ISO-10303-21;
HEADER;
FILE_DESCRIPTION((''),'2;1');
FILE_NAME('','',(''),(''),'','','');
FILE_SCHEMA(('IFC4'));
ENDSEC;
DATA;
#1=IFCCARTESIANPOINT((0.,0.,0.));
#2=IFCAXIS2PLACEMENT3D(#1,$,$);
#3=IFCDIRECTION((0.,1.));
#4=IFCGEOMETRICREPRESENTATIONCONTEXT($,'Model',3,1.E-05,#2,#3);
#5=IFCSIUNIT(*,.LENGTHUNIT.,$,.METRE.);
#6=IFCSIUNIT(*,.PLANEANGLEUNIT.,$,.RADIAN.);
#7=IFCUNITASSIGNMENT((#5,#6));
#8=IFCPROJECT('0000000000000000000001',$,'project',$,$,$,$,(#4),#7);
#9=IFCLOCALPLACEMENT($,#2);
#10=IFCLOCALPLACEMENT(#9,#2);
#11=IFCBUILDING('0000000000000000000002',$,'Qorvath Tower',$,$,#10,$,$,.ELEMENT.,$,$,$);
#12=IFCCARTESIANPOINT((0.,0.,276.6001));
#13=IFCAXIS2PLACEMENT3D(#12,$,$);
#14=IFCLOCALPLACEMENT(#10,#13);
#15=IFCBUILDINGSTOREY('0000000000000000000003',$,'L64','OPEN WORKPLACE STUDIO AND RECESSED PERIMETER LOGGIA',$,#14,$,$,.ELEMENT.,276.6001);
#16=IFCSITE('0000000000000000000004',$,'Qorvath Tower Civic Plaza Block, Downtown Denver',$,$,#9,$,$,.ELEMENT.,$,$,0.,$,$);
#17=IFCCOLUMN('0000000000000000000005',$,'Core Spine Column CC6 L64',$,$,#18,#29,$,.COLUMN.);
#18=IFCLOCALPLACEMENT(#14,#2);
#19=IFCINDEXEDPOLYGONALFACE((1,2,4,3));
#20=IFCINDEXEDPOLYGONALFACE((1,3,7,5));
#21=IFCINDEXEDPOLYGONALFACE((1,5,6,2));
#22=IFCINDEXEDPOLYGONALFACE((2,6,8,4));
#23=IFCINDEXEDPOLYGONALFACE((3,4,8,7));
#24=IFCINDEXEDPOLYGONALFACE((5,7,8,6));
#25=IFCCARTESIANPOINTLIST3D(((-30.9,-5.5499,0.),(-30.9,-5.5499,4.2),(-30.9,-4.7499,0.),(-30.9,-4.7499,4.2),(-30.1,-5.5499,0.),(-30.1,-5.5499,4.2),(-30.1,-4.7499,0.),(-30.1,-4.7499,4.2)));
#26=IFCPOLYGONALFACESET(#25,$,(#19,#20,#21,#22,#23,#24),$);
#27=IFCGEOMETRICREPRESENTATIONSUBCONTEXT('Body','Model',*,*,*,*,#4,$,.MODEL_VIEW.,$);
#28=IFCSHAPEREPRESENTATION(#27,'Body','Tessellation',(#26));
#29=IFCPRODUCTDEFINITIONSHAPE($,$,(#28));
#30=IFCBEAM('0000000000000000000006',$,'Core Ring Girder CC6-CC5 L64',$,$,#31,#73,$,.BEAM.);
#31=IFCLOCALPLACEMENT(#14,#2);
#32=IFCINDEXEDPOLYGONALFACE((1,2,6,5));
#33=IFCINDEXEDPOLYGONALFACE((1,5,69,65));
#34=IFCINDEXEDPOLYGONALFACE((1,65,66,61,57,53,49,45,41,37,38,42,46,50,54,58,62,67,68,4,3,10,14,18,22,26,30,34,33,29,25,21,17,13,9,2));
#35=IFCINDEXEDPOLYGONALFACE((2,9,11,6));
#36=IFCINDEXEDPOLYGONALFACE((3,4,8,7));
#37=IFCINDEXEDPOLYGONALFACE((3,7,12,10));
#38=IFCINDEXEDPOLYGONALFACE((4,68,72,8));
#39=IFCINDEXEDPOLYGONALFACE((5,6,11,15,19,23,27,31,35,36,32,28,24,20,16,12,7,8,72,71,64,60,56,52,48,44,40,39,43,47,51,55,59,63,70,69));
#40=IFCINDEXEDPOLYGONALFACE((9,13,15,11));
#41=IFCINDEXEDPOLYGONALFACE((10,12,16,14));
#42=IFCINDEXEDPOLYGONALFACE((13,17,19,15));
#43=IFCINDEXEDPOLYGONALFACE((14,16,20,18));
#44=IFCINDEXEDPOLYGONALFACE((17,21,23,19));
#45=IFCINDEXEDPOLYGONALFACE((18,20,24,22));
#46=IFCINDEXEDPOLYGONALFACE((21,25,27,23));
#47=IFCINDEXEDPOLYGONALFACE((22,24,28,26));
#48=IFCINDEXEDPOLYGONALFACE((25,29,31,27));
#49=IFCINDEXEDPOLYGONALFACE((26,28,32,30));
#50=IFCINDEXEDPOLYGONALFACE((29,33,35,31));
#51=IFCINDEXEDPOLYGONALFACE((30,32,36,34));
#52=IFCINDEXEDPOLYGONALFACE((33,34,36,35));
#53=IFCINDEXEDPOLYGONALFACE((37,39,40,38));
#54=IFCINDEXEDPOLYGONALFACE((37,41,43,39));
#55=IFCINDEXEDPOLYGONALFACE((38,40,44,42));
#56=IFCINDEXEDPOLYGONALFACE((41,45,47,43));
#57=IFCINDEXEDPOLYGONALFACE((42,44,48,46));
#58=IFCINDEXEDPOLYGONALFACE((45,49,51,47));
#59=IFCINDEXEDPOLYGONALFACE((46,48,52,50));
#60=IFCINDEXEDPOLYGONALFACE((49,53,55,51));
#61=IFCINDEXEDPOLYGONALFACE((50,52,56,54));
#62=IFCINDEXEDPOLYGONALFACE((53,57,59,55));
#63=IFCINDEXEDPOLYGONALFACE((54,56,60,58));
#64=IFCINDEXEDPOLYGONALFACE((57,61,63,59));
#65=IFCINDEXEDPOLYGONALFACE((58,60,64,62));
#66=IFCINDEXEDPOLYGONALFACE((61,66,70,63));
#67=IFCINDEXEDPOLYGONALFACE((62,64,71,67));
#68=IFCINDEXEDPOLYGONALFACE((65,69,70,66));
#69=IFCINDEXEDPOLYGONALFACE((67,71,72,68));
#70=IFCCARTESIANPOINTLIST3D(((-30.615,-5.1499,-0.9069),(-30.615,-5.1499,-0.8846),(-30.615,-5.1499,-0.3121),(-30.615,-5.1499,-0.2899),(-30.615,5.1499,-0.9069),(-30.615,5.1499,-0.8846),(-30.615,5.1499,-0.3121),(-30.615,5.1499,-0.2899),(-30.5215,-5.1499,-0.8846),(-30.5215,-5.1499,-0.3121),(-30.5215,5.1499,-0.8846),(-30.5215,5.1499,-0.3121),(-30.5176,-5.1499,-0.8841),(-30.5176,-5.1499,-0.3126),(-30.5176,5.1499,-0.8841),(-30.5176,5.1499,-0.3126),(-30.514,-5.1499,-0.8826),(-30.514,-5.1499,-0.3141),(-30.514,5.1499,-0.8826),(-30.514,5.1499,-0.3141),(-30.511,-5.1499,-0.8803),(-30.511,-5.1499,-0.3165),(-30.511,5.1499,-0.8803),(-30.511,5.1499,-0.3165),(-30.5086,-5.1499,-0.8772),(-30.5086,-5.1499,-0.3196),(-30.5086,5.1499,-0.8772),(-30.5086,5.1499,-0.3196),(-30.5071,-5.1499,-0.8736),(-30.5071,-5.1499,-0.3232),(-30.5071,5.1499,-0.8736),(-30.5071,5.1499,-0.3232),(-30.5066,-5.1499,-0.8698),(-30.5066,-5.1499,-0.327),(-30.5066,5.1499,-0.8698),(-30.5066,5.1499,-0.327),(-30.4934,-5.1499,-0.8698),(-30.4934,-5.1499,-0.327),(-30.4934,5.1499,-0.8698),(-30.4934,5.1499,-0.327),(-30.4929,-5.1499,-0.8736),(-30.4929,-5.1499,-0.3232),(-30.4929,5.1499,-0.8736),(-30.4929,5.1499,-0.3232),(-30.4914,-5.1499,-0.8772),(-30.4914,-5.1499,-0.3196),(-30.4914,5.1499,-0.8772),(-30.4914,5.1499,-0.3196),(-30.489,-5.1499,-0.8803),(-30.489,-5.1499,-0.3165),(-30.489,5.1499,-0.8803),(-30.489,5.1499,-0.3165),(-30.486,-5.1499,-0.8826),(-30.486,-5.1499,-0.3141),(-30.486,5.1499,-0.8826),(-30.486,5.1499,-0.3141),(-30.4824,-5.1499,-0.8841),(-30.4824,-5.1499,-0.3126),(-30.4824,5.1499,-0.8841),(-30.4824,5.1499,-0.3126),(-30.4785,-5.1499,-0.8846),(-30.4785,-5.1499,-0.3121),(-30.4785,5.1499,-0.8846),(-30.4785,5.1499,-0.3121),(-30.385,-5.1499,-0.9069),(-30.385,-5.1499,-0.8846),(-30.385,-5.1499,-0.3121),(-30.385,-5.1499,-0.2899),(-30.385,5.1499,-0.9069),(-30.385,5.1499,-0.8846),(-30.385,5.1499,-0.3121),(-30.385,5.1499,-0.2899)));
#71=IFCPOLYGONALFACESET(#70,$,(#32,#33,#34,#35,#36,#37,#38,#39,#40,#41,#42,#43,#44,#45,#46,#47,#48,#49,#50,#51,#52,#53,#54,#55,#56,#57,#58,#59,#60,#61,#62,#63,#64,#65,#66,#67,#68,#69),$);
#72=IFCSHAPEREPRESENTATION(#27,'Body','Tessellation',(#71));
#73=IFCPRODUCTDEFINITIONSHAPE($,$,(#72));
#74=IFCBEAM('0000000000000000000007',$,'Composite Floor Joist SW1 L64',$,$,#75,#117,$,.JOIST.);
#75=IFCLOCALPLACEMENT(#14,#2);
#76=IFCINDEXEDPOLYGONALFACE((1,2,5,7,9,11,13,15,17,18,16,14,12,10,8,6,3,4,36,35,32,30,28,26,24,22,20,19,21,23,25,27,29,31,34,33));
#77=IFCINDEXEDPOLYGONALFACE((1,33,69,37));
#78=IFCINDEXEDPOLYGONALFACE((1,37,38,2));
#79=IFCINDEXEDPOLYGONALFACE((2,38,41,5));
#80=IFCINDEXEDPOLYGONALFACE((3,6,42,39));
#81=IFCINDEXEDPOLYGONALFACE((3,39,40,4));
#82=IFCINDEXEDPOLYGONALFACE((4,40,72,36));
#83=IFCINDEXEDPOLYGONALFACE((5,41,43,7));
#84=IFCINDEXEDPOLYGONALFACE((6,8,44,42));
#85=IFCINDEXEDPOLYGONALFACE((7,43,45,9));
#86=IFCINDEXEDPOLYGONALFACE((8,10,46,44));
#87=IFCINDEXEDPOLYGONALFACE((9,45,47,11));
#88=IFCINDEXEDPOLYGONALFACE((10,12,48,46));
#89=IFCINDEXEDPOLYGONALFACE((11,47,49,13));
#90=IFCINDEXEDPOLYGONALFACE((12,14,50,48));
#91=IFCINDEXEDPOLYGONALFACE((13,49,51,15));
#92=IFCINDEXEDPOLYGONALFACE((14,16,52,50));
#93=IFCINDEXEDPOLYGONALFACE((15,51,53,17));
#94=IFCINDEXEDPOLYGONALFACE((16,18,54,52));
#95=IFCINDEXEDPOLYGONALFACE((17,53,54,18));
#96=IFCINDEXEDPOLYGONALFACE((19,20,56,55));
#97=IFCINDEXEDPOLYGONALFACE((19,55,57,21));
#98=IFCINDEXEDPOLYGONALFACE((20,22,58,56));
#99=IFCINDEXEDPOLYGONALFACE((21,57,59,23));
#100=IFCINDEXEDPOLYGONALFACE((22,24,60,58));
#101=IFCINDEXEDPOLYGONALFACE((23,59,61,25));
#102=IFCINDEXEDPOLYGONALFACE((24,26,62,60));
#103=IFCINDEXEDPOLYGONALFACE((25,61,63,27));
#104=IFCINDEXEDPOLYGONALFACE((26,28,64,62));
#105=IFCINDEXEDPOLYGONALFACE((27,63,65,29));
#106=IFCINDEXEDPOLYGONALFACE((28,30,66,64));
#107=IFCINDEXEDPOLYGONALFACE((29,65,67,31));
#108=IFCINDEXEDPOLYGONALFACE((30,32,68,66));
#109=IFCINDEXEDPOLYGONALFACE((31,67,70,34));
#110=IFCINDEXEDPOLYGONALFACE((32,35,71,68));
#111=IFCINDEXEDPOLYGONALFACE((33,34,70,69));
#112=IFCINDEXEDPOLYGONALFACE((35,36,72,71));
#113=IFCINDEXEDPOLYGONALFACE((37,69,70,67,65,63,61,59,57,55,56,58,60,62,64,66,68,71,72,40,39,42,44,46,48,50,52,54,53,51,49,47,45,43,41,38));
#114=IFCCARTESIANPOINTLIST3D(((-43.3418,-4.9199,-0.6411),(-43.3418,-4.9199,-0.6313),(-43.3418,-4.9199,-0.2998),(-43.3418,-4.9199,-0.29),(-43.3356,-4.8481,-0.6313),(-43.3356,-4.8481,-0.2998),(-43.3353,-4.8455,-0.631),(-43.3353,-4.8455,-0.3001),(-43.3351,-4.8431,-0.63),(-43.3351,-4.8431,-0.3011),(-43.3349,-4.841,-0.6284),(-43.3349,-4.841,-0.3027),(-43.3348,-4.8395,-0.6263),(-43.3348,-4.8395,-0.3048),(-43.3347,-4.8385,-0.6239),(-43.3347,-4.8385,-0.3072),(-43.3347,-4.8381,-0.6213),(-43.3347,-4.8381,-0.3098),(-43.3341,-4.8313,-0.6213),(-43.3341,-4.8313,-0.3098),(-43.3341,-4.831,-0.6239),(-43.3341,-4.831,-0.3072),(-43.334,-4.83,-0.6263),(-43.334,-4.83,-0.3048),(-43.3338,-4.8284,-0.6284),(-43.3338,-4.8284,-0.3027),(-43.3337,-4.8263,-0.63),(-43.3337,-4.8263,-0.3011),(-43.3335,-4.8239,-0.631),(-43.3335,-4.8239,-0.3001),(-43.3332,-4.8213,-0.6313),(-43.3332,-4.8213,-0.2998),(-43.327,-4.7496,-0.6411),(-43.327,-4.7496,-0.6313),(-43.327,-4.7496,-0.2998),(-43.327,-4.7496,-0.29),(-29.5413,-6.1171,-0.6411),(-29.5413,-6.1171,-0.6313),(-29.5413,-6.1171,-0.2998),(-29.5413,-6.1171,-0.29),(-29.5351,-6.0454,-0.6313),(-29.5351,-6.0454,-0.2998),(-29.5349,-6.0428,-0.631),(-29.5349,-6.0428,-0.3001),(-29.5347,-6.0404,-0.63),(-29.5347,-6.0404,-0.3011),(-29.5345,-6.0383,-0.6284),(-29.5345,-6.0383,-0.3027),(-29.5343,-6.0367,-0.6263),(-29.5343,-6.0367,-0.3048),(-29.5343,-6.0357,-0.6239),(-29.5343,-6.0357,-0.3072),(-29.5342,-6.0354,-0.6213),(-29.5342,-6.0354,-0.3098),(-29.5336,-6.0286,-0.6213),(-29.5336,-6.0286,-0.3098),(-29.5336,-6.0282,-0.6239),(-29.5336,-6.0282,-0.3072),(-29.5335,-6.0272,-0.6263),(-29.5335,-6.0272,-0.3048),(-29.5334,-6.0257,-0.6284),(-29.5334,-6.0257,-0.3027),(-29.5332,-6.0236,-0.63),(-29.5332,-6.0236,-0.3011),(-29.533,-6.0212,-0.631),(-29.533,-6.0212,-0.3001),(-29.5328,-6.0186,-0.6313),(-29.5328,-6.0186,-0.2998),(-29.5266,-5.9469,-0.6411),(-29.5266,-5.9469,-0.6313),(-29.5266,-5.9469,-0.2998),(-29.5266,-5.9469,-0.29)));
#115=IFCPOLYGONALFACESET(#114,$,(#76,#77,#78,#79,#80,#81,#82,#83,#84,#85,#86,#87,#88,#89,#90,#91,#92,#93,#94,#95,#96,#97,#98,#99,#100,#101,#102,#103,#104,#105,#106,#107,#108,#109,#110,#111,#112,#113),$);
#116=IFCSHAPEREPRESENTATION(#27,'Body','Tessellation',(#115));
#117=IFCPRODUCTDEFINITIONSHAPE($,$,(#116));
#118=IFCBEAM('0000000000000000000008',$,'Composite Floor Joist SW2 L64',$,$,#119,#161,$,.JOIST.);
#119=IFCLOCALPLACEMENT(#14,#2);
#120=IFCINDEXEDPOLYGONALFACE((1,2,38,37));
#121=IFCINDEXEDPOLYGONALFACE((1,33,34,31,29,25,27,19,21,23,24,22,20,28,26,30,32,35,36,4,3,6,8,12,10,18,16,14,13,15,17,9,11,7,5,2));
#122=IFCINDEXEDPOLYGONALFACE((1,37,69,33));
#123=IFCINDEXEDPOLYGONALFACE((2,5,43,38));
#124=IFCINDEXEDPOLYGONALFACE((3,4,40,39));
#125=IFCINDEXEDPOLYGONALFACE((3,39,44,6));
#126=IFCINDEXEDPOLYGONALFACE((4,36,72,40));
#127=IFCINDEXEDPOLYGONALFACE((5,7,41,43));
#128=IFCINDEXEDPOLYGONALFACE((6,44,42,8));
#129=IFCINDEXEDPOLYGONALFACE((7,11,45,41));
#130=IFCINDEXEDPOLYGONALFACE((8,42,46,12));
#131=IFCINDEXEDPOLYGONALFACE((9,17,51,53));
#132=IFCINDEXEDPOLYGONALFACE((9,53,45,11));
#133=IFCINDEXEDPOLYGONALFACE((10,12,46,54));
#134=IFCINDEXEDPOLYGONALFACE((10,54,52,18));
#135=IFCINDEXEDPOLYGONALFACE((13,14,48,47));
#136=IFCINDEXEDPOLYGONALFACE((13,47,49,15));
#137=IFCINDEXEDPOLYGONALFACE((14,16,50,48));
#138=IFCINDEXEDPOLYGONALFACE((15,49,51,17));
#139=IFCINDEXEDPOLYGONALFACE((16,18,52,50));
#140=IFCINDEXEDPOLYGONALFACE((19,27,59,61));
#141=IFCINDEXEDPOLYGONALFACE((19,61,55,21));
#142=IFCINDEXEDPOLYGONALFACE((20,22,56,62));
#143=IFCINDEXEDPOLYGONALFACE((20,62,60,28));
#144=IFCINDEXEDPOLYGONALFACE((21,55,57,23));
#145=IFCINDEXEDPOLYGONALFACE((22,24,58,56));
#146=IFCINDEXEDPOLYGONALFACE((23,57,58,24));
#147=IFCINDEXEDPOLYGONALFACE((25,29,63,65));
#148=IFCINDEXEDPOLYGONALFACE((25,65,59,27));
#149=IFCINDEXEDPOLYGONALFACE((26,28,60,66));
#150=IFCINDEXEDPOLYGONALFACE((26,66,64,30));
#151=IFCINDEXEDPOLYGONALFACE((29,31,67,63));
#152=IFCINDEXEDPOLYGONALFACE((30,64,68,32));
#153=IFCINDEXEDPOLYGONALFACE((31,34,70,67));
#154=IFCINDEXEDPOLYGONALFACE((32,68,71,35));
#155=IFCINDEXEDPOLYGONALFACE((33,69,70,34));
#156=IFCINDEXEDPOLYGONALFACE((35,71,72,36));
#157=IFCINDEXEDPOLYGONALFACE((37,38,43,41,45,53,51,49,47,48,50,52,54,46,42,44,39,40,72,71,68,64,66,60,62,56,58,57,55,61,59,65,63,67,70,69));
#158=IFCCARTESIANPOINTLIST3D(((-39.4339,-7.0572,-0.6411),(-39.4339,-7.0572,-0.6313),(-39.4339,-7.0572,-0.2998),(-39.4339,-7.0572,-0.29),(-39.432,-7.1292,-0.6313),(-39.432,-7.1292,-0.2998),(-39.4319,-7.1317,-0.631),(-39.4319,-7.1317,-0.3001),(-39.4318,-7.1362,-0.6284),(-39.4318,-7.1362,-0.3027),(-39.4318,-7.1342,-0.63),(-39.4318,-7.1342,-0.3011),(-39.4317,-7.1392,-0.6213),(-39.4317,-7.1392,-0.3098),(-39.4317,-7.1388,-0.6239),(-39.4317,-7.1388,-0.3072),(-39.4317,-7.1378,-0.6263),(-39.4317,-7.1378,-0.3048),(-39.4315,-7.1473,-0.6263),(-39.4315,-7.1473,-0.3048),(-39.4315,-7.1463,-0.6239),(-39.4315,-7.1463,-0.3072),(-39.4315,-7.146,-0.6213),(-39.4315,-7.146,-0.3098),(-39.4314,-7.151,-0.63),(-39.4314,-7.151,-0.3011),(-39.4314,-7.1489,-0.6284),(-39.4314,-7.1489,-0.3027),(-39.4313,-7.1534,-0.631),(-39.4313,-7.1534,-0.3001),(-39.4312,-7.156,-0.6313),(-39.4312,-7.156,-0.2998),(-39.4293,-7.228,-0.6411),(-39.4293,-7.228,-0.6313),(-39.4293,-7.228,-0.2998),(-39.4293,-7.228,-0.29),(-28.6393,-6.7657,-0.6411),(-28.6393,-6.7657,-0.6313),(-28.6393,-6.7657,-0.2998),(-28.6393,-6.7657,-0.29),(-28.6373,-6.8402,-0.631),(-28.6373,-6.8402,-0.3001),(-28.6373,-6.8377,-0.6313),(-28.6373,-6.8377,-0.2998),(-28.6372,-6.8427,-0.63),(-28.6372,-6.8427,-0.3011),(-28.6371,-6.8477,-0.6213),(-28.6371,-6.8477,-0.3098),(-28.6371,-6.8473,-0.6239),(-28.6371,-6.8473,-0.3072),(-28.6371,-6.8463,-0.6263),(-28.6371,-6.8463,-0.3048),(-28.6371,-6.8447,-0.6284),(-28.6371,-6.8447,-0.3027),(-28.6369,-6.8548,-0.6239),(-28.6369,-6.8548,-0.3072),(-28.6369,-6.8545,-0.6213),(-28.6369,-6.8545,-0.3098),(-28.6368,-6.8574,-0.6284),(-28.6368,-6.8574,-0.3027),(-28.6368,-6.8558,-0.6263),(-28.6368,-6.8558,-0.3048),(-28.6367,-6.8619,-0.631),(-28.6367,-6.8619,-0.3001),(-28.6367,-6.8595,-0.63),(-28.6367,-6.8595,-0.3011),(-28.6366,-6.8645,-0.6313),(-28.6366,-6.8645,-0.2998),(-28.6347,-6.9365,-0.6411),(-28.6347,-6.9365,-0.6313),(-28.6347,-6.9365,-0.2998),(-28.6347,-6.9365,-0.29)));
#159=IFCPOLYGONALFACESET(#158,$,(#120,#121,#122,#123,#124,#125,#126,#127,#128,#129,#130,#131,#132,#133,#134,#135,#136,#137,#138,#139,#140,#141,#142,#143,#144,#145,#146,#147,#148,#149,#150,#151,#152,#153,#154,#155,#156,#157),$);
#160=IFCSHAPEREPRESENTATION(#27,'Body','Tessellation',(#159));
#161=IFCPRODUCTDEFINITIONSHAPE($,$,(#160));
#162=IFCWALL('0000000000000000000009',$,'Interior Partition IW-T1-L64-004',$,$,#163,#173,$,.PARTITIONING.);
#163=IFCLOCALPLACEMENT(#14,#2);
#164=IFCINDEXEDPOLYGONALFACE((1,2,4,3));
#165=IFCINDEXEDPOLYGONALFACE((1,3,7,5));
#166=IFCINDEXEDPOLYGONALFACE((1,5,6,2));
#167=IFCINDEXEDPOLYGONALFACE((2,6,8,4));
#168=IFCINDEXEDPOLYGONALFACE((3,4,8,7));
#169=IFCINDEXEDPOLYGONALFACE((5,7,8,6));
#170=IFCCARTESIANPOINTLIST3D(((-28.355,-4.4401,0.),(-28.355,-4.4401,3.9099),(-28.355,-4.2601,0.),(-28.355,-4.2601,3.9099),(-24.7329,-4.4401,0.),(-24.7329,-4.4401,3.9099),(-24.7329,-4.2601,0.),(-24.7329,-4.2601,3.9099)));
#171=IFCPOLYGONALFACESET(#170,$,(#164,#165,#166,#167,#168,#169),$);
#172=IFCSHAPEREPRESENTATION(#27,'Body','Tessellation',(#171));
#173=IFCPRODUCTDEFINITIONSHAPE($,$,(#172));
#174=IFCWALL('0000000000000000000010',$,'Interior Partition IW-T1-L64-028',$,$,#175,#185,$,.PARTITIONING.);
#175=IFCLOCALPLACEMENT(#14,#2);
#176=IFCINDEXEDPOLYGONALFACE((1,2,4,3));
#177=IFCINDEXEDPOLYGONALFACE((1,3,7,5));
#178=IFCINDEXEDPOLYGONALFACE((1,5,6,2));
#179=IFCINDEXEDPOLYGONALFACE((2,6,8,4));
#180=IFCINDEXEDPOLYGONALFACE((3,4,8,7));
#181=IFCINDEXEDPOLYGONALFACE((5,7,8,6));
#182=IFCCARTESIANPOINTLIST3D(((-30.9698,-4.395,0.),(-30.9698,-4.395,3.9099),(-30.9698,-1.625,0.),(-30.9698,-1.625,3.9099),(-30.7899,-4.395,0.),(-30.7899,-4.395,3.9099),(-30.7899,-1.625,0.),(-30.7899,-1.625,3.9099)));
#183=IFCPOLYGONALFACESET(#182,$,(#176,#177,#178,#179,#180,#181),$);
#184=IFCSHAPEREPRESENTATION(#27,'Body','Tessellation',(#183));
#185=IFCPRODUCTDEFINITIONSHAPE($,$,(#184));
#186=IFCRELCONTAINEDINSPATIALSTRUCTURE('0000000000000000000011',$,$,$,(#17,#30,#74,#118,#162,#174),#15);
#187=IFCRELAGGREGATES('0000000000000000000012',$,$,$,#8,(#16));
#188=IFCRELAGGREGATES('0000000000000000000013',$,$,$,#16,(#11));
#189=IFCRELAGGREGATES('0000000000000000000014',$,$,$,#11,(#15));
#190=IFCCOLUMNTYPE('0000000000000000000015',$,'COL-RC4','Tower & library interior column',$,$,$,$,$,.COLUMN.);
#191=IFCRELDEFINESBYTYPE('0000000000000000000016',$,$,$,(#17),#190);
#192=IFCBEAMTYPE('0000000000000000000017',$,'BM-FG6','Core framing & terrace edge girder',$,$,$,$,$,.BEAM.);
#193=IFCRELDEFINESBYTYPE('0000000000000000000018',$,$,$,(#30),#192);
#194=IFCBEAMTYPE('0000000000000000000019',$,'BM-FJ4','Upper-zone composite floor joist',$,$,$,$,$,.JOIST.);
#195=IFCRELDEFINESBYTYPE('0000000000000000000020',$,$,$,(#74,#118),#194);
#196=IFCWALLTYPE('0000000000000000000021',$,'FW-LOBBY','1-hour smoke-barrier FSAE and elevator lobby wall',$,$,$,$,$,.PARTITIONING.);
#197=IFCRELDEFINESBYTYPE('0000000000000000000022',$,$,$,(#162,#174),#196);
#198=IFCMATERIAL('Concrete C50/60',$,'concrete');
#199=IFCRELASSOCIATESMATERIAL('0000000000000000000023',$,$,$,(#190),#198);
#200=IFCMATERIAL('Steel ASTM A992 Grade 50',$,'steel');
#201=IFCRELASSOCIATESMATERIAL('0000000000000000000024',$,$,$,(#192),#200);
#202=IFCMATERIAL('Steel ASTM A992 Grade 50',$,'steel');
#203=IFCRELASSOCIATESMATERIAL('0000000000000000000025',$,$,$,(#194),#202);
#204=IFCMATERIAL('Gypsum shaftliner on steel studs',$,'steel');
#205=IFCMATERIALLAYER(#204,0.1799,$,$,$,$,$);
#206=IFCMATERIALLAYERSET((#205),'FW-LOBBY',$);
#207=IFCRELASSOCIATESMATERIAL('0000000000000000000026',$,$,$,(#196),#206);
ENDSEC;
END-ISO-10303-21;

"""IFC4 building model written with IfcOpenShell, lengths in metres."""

from ifc_helpers import new_model, si_unit, direction, frame, frame_2d, origin, origin_2d, place, context, subcontext, project, spatial, rectangle, i_section, extrude, material, layer, layer_set, material_profile, profile_set, type_object, element, save


model = new_model("IFC4")

# Units and contexts
model_context = context("Model", 3, precision=1e-05, world=origin(), true_north=direction((0.0, 1.0)))
body_context = subcontext(model_context, "Body", "Model", "MODEL_VIEW")
ifc_project = project(units=[si_unit("LENGTHUNIT", "METRE"), si_unit("PLANEANGLEUNIT", "RADIAN")], contexts=[model_context])

# Site, building, storey
site_placement = place(None, origin())
site = spatial("IfcSite", under=ifc_project, at=site_placement, Name="Qorvath Tower Civic Plaza Block, Downtown Denver", CompositionType="ELEMENT", RefElevation=0.0)
building_placement = place(site_placement, origin())
building = spatial("IfcBuilding", under=site, at=building_placement, Name="Qorvath Tower", CompositionType="ELEMENT")
storey_placement = place(building_placement, frame((0.0, 0.0, 276.6001)))
storey = spatial("IfcBuildingStorey", under=building, at=storey_placement, Name="L64", Description="OPEN WORKPLACE STUDIO AND RECESSED PERIMETER LOGGIA", CompositionType="ELEMENT", Elevation=276.6001)

# Column
ifc_material_1 = material(Name="Concrete C50/60", Category="concrete")
ifc_material_profile_1 = material_profile(ifc_material_1, rectangle(XDim=0.8, YDim=0.8, at=origin_2d()), Name="RC 800x800")
ifc_profile_set_1 = profile_set([ifc_material_profile_1], Name="Concrete C50/60")
column_type = type_object("IfcColumnType", Name="COL-RC4", Description="Tower & library interior column", PredefinedType="COLUMN", material=ifc_profile_set_1)
column_placement = place(storey_placement, frame((-30.5, -5.1499, 0.0), z_axis=(0.0, 0.0, 1.0), x_axis=(1.0, 0.0, 0.0)))
element("IfcColumn", 1, at=column_placement, inside=storey, type_object=column_type, Name="Core Spine Column CC6 L64", PredefinedType="COLUMN", context=body_context, shape_type="SweptSolid", body=[
    extrude(rectangle(XDim=0.8, YDim=0.8, at=origin_2d()), origin(), (0.0, 0.0, 1.0), 4.2),
])

# Beams
ifc_material_2 = material(Name="Steel ASTM A992 Grade 50", Category="steel")
ifc_material_profile_2 = material_profile(ifc_material_2, i_section(OverallWidth=0.23, OverallDepth=0.6169, WebThickness=0.0132, FlangeThickness=0.0222, FilletRadius=0.0149, at=origin_2d()), Name="W24x94")
ifc_profile_set_2 = profile_set([ifc_material_profile_2], Name="Steel ASTM A992 Grade 50")
beam_type_1 = type_object("IfcBeamType", Name="BM-FG6", Description="Core framing & terrace edge girder", PredefinedType="BEAM", material=ifc_profile_set_2)
beam_1_placement = place(storey_placement, frame((-30.5, -5.1499, -0.5984), z_axis=(0.0, 1.0, 0.0), x_axis=(-1.0, 0.0, 0.0)))
element("IfcBeam", 2, at=beam_1_placement, inside=storey, type_object=beam_type_1, Name="Core Ring Girder CC6-CC5 L64", PredefinedType="BEAM", context=body_context, shape_type="SweptSolid", body=[
    extrude(i_section(OverallWidth=0.23, OverallDepth=0.6169, WebThickness=0.0132, FlangeThickness=0.0222, FilletRadius=0.0149, at=origin_2d()), origin(), (0.0, 0.0, 1.0), 10.2998),
])
ifc_material_3 = material(Name="Steel ASTM A992 Grade 50", Category="steel")
ifc_material_profile_3 = material_profile(ifc_material_3, i_section(OverallWidth=0.1709, OverallDepth=0.3511, WebThickness=0.0068, FlangeThickness=0.0098, FilletRadius=0.01, at=origin_2d()), Name="W14x30")
ifc_profile_set_3 = profile_set([ifc_material_profile_3], Name="Steel ASTM A992 Grade 50")
beam_type_2 = type_object("IfcBeamType", Name="BM-FJ4", Description="Upper-zone composite floor joist", PredefinedType="JOIST", material=ifc_profile_set_3)
beam_2_placement = place(storey_placement, frame((-29.5339, -6.032, -0.4656), z_axis=(-0.996258, 0.08643, 0.0), x_axis=(-0.08643, -0.996258, 0.0)))
element("IfcBeam", 3, at=beam_2_placement, inside=storey, type_object=beam_type_2, Name="Composite Floor Joist SW1 L64", PredefinedType="JOIST", context=body_context, shape_type="SweptSolid", body=[
    extrude(i_section(OverallWidth=0.1709, OverallDepth=0.3511, WebThickness=0.0068, FlangeThickness=0.0098, FilletRadius=0.01, at=origin_2d()), origin(), (0.0, 0.0, 1.0), 13.8523),
])
beam_3_placement = place(storey_placement, frame((-28.637, -6.8511, -0.4656), z_axis=(-0.999636, -0.026995, 0.0), x_axis=(0.026995, -0.999636, 0.0)))
element("IfcBeam", 4, at=beam_3_placement, inside=storey, type_object=beam_type_2, Name="Composite Floor Joist SW2 L64", PredefinedType="JOIST", context=body_context, shape_type="SweptSolid", body=[
    extrude(i_section(OverallWidth=0.1709, OverallDepth=0.3511, WebThickness=0.0068, FlangeThickness=0.0098, FilletRadius=0.01, at=origin_2d()), origin(), (0.0, 0.0, 1.0), 10.7986),
])

# Walls
ifc_material_4 = material(Name="Gypsum shaftliner on steel studs", Category="steel")
ifc_layer_1 = layer(ifc_material_4, 0.1799)
ifc_layer_set_1 = layer_set([ifc_layer_1], Name="FW-LOBBY")
wall_type_1 = type_object("IfcWallType", Name="FW-LOBBY", Description="1-hour smoke-barrier FSAE and elevator lobby wall", PredefinedType="PARTITIONING", material=ifc_layer_set_1)
wall_1_placement = place(storey_placement, frame((-24.7329, -4.3501, 0.0), z_axis=(0.0, 0.0, 1.0), x_axis=(-1.0, 0.0, 0.0)))
element("IfcWall", 5, at=wall_1_placement, inside=storey, type_object=wall_type_1, Name="Interior Partition IW-T1-L64-004", PredefinedType="PARTITIONING", context=body_context, shape_type="SweptSolid", body=[
    extrude(rectangle(XDim=3.6221, YDim=0.1799, at=frame_2d((1.811, 0.0))), origin(), (0.0, 0.0, 1.0), 3.9099),
])
wall_2_placement = place(storey_placement, frame((-30.8799, -4.395, 0.0), z_axis=(0.0, 0.0, 1.0), x_axis=(0.0, 1.0, 0.0)))
element("IfcWall", 6, at=wall_2_placement, inside=storey, type_object=wall_type_1, Name="Interior Partition IW-T1-L64-028", PredefinedType="PARTITIONING", context=body_context, shape_type="SweptSolid", body=[
    extrude(rectangle(XDim=2.77, YDim=0.1799, at=frame_2d((1.385, 0.0))), origin(), (0.0, 0.0, 1.0), 3.9099),
])

save(model, "model.ifc")
